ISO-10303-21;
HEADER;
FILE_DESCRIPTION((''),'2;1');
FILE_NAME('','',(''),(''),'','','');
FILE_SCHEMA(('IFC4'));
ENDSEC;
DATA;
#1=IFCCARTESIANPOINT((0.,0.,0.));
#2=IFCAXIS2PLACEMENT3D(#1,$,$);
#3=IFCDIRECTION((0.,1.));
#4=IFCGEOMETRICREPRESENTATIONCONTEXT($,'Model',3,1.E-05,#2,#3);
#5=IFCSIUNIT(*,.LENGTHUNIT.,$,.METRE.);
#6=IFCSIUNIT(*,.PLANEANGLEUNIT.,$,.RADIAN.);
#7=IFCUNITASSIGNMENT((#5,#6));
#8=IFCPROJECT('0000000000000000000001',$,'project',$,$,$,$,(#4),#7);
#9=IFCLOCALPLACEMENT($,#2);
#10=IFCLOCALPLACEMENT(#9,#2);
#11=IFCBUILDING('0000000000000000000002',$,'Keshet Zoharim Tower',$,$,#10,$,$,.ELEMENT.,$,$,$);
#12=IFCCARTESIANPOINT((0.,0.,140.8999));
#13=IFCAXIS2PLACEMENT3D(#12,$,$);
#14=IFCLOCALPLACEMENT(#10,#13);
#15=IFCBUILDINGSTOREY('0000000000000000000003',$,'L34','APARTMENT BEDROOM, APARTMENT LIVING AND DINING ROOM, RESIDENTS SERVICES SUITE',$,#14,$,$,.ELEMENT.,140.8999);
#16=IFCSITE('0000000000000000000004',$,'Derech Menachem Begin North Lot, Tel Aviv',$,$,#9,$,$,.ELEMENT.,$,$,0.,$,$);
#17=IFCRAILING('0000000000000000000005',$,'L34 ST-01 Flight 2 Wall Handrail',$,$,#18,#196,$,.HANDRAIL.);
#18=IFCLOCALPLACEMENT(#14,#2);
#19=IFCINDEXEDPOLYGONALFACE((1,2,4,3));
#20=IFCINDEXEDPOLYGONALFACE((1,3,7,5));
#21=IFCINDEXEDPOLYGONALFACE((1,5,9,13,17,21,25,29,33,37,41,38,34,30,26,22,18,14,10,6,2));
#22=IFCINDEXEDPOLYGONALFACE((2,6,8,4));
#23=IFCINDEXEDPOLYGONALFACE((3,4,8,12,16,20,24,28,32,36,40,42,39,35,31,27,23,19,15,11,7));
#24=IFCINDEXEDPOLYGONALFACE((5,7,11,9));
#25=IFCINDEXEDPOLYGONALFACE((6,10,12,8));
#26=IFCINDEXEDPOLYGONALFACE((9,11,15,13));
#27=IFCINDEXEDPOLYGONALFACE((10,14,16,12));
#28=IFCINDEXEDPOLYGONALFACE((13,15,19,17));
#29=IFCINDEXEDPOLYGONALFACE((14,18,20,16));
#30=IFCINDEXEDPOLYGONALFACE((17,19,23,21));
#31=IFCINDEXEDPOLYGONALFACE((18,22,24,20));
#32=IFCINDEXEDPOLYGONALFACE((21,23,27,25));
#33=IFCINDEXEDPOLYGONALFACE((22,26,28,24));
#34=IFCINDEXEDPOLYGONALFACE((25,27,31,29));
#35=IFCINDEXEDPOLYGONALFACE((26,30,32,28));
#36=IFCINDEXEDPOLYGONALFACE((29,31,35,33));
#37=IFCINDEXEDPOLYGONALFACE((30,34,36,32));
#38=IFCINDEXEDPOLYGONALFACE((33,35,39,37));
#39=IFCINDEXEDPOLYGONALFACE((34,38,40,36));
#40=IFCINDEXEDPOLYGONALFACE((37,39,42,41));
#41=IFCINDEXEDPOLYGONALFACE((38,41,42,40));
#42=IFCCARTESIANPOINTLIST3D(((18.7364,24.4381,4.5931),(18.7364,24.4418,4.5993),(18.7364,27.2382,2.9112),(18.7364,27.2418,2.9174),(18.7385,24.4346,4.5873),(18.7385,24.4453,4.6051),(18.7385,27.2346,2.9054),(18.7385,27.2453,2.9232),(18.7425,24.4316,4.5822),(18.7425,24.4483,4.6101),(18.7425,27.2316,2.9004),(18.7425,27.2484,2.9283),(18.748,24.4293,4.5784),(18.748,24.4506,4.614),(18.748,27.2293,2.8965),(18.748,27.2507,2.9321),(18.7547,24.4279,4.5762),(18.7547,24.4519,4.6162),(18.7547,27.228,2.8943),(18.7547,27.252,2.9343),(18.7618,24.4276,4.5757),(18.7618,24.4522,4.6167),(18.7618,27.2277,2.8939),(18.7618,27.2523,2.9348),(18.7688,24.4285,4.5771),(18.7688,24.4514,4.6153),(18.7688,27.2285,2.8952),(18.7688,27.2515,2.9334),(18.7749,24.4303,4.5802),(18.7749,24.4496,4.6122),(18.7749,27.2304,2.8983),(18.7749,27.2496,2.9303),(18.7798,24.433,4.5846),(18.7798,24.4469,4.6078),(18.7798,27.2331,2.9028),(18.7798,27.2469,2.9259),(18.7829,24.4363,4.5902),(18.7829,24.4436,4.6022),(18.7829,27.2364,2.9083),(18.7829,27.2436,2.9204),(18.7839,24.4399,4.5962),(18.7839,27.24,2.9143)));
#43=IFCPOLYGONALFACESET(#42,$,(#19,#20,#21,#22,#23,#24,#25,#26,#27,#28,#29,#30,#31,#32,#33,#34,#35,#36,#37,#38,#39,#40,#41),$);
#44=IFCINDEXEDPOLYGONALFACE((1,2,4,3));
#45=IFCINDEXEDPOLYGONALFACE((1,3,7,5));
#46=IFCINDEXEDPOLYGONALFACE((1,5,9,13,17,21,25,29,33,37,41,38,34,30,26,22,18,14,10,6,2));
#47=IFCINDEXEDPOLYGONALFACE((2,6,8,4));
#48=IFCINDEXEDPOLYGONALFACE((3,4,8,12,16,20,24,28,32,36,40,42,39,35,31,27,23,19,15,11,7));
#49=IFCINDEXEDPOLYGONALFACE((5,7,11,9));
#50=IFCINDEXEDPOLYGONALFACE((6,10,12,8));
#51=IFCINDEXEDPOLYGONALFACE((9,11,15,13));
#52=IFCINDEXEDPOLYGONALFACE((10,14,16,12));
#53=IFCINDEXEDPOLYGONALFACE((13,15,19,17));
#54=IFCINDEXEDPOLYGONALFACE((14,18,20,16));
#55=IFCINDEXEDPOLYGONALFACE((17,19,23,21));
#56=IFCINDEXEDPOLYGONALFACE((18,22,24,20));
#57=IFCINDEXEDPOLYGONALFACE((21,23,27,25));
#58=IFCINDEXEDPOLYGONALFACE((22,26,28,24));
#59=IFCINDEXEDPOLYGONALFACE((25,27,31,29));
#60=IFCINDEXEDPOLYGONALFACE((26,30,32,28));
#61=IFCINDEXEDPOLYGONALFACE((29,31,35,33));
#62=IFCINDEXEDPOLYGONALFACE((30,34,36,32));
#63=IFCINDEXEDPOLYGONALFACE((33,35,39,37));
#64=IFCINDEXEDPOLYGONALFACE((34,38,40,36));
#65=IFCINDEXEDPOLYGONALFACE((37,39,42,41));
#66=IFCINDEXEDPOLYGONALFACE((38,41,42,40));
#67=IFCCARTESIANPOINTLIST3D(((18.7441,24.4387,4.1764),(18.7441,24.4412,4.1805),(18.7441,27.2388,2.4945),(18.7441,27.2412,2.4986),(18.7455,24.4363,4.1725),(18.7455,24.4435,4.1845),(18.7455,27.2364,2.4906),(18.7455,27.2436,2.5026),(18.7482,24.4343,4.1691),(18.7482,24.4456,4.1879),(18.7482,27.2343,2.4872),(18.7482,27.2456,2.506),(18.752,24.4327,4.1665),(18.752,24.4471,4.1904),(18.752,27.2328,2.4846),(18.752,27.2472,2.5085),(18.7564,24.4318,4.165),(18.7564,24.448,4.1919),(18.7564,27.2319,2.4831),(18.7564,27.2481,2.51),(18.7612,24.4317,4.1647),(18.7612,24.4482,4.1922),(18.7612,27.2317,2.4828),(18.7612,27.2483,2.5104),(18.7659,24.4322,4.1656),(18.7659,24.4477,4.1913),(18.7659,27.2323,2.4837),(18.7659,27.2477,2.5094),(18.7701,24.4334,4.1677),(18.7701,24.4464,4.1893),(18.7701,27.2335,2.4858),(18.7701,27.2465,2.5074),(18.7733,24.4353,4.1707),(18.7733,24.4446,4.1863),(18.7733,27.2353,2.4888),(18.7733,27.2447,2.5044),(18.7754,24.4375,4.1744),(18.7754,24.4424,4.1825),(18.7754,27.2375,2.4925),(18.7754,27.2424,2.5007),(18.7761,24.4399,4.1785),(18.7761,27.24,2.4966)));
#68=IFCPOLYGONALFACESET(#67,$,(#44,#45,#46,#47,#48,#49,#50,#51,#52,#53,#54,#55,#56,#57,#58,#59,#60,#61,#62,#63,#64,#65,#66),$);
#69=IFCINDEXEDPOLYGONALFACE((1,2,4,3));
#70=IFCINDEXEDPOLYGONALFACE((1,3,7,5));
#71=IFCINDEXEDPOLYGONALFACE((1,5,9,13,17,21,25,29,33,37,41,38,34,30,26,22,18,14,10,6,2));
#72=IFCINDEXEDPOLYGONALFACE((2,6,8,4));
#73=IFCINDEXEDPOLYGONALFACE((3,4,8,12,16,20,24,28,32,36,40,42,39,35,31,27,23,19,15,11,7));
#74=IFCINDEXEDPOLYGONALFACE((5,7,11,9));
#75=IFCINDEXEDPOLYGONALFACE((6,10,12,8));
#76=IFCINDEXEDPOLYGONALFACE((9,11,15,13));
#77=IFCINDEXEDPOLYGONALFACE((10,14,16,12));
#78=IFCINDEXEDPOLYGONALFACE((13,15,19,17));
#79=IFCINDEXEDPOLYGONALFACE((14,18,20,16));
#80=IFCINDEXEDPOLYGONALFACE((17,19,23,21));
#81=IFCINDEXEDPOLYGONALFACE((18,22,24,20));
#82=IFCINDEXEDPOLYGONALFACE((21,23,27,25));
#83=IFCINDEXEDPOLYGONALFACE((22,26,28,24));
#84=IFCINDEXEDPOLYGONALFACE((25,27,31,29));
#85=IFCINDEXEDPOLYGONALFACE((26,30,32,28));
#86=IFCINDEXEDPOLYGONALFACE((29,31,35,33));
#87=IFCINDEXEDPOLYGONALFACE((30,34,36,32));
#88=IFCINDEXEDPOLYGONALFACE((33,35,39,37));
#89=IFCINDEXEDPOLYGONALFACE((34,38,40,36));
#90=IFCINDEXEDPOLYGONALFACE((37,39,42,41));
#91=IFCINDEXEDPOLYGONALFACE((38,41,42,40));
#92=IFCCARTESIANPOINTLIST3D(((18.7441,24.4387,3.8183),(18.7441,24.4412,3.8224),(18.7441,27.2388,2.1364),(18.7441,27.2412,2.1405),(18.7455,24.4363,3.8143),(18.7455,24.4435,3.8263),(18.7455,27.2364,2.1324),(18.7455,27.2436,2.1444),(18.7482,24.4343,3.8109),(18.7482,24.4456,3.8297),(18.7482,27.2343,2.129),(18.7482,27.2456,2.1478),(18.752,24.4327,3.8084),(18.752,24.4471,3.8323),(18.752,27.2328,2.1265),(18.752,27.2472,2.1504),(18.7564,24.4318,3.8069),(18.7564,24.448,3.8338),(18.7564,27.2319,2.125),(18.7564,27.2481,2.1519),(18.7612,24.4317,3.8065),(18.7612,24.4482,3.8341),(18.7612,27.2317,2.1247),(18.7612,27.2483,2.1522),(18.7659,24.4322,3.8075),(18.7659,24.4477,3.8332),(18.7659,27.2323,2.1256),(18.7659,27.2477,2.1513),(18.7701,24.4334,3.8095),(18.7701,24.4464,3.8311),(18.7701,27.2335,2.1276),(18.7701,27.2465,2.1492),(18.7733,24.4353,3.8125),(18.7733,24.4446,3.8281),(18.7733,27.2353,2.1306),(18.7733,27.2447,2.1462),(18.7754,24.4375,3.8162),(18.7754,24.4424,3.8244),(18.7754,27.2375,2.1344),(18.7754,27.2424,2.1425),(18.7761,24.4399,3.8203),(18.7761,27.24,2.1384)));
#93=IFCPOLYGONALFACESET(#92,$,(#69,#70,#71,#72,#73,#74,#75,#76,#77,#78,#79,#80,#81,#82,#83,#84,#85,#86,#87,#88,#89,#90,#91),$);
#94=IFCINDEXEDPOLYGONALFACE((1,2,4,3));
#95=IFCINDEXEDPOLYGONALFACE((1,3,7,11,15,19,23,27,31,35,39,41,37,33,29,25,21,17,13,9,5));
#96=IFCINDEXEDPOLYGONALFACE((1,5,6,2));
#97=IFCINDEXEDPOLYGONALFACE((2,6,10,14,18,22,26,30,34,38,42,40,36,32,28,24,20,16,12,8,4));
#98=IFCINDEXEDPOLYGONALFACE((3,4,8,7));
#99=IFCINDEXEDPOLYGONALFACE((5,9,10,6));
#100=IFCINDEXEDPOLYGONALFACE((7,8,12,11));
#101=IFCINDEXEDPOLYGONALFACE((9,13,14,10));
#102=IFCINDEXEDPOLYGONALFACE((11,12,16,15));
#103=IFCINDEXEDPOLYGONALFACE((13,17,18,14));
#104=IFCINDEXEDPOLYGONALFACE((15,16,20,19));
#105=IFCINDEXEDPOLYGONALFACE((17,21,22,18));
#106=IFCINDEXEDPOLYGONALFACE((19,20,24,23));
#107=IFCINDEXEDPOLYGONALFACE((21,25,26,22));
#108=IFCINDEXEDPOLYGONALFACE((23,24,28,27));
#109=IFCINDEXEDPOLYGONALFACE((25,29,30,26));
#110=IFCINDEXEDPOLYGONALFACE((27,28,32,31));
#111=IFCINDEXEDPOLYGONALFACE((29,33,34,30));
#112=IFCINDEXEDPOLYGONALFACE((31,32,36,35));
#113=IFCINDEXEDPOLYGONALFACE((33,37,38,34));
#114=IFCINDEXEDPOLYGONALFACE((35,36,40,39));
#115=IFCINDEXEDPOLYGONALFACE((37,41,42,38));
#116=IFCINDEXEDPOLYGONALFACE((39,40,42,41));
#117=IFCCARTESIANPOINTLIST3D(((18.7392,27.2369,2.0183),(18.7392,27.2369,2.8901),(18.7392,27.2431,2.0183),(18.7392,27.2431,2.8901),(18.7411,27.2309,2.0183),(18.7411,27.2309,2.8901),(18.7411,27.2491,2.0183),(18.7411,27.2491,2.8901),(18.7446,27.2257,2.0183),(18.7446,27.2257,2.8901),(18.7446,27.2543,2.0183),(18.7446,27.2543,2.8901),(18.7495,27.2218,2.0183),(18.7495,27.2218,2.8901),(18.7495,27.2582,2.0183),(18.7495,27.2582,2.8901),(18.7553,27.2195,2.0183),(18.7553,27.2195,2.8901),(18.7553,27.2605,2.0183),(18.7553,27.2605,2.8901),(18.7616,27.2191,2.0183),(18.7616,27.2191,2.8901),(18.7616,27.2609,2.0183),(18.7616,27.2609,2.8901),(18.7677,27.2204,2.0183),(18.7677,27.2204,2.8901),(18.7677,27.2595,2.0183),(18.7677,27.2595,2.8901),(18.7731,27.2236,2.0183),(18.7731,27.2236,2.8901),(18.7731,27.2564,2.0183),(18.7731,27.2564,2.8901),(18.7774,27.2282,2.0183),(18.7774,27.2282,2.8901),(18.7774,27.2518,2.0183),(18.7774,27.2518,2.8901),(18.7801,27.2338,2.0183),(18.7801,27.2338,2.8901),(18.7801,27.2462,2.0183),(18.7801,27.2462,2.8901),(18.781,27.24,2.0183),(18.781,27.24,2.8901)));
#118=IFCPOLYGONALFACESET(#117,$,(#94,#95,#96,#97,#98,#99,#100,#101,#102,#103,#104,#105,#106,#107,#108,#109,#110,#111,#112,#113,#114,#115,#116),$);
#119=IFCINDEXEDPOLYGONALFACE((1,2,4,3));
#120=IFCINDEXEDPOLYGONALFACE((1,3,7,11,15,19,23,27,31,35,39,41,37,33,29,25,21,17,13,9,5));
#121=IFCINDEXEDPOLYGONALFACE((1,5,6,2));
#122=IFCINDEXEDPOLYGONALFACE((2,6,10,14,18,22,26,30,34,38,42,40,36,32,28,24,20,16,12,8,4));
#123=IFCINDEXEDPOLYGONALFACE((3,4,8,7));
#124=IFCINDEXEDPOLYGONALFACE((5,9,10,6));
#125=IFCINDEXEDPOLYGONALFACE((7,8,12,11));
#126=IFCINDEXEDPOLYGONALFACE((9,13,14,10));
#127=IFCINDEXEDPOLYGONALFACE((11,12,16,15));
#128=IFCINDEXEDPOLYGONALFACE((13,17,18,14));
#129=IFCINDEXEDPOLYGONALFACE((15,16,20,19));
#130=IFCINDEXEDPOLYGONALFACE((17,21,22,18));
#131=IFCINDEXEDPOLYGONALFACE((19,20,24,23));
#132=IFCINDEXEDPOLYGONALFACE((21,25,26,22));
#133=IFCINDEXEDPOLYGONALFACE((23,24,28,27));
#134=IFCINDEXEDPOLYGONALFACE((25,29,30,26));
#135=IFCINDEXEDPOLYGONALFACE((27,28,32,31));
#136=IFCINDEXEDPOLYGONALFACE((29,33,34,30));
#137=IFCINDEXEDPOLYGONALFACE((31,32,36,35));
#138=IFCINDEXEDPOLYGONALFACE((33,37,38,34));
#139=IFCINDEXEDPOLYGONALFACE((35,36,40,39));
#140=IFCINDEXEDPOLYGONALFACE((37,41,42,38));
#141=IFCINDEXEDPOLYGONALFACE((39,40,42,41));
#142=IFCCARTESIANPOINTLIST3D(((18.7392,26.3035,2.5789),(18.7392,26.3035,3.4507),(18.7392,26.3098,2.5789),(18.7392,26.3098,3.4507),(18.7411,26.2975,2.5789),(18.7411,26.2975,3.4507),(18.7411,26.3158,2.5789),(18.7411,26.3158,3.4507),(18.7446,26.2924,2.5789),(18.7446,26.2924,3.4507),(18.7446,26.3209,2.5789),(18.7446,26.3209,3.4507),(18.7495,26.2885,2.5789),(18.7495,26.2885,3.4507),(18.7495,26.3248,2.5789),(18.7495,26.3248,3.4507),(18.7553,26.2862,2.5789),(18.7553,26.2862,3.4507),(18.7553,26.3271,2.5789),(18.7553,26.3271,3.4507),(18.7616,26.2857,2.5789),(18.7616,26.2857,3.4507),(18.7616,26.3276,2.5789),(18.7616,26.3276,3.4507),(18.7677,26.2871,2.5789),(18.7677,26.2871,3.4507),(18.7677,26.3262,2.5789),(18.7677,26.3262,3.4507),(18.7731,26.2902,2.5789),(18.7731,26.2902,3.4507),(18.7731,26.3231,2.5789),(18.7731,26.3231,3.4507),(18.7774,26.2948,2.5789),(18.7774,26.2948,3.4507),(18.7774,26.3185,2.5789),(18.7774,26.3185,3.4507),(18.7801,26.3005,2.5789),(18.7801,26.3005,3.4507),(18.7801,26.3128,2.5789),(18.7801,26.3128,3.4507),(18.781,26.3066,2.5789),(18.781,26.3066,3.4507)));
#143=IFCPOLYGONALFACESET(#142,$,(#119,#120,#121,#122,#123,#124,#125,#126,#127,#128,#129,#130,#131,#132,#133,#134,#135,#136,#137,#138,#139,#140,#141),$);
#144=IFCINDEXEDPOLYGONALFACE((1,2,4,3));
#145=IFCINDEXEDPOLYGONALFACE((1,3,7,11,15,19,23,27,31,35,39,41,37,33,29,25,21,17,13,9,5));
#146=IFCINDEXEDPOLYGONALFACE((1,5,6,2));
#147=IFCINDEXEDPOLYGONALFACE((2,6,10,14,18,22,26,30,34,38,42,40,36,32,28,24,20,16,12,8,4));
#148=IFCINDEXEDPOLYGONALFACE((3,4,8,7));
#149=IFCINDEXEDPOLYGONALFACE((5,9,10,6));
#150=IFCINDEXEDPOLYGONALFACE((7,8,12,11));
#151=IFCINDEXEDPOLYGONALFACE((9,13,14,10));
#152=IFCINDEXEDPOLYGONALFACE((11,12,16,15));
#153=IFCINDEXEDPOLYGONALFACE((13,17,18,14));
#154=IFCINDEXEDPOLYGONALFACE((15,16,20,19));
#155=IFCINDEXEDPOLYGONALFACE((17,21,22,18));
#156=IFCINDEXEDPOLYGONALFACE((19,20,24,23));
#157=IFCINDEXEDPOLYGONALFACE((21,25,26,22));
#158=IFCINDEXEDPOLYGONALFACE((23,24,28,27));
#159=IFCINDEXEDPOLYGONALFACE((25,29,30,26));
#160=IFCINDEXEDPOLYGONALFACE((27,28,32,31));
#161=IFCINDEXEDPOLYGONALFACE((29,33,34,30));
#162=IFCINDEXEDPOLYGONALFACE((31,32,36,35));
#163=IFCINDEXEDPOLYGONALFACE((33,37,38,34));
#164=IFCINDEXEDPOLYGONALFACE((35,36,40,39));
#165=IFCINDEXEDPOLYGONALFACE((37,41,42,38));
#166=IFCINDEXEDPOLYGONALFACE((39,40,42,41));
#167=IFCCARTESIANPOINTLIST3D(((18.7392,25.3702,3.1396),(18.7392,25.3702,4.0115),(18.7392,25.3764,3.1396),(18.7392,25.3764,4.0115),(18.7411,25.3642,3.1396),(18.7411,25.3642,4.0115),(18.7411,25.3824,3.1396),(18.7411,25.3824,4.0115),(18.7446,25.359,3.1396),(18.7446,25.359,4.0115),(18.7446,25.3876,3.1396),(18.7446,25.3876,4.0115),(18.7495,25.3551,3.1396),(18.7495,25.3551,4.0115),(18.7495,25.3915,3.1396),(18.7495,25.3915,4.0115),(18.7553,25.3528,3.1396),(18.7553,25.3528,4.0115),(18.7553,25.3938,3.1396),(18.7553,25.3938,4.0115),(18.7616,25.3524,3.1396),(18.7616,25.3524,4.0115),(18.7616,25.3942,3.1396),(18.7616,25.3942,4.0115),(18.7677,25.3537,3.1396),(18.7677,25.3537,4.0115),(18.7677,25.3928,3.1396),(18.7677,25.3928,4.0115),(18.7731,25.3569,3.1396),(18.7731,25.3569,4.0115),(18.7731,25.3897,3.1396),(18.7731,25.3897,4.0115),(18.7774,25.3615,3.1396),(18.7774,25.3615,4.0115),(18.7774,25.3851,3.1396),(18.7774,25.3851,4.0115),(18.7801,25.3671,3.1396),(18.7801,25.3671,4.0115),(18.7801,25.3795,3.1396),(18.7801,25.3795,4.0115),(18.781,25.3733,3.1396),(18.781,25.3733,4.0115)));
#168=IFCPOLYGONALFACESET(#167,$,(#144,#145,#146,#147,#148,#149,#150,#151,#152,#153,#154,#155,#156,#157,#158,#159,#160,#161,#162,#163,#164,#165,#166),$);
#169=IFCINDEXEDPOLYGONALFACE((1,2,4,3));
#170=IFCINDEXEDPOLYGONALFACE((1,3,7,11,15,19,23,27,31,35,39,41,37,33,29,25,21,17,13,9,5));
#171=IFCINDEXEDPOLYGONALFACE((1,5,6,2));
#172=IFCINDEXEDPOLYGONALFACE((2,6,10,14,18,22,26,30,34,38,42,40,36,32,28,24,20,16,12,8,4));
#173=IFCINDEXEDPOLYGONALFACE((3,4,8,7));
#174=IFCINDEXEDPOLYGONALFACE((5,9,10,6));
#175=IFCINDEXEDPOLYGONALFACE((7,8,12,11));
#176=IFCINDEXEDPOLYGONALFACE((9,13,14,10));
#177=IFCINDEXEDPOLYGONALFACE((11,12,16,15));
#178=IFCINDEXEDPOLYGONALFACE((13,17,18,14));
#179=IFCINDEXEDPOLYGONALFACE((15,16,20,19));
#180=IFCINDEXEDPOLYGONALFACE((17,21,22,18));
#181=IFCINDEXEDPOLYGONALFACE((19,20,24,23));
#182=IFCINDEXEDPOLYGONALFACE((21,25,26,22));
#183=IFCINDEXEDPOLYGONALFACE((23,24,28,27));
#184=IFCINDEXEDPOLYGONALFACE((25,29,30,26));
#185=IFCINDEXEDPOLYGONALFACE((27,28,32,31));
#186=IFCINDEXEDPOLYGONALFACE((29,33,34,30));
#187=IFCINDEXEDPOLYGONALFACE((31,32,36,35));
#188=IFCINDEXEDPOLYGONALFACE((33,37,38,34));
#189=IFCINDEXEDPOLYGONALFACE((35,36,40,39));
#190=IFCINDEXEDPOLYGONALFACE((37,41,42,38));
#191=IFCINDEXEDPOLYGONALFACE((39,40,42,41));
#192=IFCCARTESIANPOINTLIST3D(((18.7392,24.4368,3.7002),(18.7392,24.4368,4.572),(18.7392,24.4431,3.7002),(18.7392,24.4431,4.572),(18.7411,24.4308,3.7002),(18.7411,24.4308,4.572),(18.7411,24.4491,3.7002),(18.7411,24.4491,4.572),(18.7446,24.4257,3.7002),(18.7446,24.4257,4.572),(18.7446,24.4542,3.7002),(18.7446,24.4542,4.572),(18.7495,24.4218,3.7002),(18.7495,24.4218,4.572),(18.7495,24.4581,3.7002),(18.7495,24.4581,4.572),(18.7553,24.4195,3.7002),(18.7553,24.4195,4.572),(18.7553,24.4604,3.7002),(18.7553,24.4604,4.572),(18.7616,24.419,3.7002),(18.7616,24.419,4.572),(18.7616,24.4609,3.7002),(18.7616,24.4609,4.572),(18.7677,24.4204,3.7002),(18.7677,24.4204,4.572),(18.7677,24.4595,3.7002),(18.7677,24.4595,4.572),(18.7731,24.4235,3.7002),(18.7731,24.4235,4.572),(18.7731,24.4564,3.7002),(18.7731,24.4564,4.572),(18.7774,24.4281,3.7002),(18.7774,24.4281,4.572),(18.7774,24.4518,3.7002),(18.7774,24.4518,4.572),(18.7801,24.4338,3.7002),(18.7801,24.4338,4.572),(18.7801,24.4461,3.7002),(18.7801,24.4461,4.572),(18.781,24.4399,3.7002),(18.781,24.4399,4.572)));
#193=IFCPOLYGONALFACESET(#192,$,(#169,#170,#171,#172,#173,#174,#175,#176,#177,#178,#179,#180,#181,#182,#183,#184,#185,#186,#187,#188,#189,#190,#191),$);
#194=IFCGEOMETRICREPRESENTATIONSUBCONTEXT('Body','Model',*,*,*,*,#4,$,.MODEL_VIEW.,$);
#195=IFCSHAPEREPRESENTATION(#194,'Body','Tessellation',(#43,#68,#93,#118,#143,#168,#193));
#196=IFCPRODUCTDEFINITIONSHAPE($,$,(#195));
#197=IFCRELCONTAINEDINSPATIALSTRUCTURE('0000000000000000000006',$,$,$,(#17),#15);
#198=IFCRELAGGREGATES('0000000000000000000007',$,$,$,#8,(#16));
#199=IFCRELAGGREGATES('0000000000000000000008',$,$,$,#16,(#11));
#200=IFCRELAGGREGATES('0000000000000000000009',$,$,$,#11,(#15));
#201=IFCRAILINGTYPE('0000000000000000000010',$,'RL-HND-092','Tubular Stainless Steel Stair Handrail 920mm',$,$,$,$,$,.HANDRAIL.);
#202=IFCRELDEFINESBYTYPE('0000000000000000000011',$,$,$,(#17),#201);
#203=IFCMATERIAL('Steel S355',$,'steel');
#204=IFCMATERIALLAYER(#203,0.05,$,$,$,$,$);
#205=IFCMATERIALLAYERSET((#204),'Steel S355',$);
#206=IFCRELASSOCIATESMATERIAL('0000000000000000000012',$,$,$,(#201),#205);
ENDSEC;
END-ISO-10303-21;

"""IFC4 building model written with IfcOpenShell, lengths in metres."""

from ifc_helpers import new_model, si_unit, direction, frame, origin, origin_2d, place, context, subcontext, project, spatial, circle, extrude, material, layer, layer_set, type_object, element, save


model = new_model("IFC4")

# Units and contexts
model_context = context("Model", 3, precision=1e-05, world=origin(), true_north=direction((0.0, 1.0)))
body_context = subcontext(model_context, "Body", "Model", "MODEL_VIEW")
ifc_project = project(units=[si_unit("LENGTHUNIT", "METRE"), si_unit("PLANEANGLEUNIT", "RADIAN")], contexts=[model_context])

# Site, building, storey
site_placement = place(None, origin())
site = spatial("IfcSite", under=ifc_project, at=site_placement, Name="Derech Menachem Begin North Lot, Tel Aviv", CompositionType="ELEMENT", RefElevation=0.0)
building_placement = place(site_placement, origin())
building = spatial("IfcBuilding", under=site, at=building_placement, Name="Keshet Zoharim Tower", CompositionType="ELEMENT")
storey_placement = place(building_placement, frame((0.0, 0.0, 140.8999)))
storey = spatial("IfcBuildingStorey", under=building, at=storey_placement, Name="L34", Description="APARTMENT BEDROOM, APARTMENT LIVING AND DINING ROOM, RESIDENTS SERVICES SUITE", CompositionType="ELEMENT", Elevation=140.8999)

# Shared definitions
ifc_material_1 = material(Name="Steel S355", Category="steel")

# Railing
ifc_layer_1 = layer(ifc_material_1, 0.05)
ifc_layer_set_1 = layer_set([ifc_layer_1], Name="Steel S355")
railing_type = type_object("IfcRailingType", Name="RL-HND-092", Description="Tubular Stainless Steel Stair Handrail 920mm", PredefinedType="HANDRAIL", material=ifc_layer_set_1)
for number, where, name in (
    (1, (18.76, 27.24, 2.0183), "L34 ST-01 Flight 2 Wall Handrail"),
):
    element("IfcRailing", number, at=place(storey_placement, frame(where)), inside=storey, type_object=railing_type, Name=name, PredefinedType="HANDRAIL", context=body_context, shape_type="SweptSolid", body=[
        extrude(circle(Radius=0.0239, at=origin_2d()), frame((0.0, 0.0, 0.896), z_axis=(0.0, -0.857242, 0.514913), x_axis=(1.0, 0.0, 0.0)), (0.0, 0.0, 1.0), 3.2664),
        extrude(circle(Radius=0.0161, at=origin_2d()), frame((0.0, 0.0, 0.4783), z_axis=(0.0, -0.857242, 0.514913), x_axis=(1.0, 0.0, 0.0)), (0.0, 0.0, 1.0), 3.2664),
        extrude(circle(Radius=0.0161, at=origin_2d()), frame((0.0, 0.0, 0.1201), z_axis=(0.0, -0.857242, 0.514913), x_axis=(1.0, 0.0, 0.0)), (0.0, 0.0, 1.0), 3.2664),
        extrude(circle(Radius=0.021, at=origin_2d()), origin(), (0.0, 0.0, 1.0), 0.8718),
        extrude(circle(Radius=0.021, at=origin_2d()), frame((0.0, -0.9333, 0.5605)), (0.0, 0.0, 1.0), 0.8718),
        extrude(circle(Radius=0.021, at=origin_2d()), frame((0.0, -1.8667, 1.1213)), (0.0, 0.0, 1.0), 0.8718),
        extrude(circle(Radius=0.021, at=origin_2d()), frame((0.0, -2.8, 1.6819)), (0.0, 0.0, 1.0), 0.8718),
    ])

save(model, "model.ifc")
